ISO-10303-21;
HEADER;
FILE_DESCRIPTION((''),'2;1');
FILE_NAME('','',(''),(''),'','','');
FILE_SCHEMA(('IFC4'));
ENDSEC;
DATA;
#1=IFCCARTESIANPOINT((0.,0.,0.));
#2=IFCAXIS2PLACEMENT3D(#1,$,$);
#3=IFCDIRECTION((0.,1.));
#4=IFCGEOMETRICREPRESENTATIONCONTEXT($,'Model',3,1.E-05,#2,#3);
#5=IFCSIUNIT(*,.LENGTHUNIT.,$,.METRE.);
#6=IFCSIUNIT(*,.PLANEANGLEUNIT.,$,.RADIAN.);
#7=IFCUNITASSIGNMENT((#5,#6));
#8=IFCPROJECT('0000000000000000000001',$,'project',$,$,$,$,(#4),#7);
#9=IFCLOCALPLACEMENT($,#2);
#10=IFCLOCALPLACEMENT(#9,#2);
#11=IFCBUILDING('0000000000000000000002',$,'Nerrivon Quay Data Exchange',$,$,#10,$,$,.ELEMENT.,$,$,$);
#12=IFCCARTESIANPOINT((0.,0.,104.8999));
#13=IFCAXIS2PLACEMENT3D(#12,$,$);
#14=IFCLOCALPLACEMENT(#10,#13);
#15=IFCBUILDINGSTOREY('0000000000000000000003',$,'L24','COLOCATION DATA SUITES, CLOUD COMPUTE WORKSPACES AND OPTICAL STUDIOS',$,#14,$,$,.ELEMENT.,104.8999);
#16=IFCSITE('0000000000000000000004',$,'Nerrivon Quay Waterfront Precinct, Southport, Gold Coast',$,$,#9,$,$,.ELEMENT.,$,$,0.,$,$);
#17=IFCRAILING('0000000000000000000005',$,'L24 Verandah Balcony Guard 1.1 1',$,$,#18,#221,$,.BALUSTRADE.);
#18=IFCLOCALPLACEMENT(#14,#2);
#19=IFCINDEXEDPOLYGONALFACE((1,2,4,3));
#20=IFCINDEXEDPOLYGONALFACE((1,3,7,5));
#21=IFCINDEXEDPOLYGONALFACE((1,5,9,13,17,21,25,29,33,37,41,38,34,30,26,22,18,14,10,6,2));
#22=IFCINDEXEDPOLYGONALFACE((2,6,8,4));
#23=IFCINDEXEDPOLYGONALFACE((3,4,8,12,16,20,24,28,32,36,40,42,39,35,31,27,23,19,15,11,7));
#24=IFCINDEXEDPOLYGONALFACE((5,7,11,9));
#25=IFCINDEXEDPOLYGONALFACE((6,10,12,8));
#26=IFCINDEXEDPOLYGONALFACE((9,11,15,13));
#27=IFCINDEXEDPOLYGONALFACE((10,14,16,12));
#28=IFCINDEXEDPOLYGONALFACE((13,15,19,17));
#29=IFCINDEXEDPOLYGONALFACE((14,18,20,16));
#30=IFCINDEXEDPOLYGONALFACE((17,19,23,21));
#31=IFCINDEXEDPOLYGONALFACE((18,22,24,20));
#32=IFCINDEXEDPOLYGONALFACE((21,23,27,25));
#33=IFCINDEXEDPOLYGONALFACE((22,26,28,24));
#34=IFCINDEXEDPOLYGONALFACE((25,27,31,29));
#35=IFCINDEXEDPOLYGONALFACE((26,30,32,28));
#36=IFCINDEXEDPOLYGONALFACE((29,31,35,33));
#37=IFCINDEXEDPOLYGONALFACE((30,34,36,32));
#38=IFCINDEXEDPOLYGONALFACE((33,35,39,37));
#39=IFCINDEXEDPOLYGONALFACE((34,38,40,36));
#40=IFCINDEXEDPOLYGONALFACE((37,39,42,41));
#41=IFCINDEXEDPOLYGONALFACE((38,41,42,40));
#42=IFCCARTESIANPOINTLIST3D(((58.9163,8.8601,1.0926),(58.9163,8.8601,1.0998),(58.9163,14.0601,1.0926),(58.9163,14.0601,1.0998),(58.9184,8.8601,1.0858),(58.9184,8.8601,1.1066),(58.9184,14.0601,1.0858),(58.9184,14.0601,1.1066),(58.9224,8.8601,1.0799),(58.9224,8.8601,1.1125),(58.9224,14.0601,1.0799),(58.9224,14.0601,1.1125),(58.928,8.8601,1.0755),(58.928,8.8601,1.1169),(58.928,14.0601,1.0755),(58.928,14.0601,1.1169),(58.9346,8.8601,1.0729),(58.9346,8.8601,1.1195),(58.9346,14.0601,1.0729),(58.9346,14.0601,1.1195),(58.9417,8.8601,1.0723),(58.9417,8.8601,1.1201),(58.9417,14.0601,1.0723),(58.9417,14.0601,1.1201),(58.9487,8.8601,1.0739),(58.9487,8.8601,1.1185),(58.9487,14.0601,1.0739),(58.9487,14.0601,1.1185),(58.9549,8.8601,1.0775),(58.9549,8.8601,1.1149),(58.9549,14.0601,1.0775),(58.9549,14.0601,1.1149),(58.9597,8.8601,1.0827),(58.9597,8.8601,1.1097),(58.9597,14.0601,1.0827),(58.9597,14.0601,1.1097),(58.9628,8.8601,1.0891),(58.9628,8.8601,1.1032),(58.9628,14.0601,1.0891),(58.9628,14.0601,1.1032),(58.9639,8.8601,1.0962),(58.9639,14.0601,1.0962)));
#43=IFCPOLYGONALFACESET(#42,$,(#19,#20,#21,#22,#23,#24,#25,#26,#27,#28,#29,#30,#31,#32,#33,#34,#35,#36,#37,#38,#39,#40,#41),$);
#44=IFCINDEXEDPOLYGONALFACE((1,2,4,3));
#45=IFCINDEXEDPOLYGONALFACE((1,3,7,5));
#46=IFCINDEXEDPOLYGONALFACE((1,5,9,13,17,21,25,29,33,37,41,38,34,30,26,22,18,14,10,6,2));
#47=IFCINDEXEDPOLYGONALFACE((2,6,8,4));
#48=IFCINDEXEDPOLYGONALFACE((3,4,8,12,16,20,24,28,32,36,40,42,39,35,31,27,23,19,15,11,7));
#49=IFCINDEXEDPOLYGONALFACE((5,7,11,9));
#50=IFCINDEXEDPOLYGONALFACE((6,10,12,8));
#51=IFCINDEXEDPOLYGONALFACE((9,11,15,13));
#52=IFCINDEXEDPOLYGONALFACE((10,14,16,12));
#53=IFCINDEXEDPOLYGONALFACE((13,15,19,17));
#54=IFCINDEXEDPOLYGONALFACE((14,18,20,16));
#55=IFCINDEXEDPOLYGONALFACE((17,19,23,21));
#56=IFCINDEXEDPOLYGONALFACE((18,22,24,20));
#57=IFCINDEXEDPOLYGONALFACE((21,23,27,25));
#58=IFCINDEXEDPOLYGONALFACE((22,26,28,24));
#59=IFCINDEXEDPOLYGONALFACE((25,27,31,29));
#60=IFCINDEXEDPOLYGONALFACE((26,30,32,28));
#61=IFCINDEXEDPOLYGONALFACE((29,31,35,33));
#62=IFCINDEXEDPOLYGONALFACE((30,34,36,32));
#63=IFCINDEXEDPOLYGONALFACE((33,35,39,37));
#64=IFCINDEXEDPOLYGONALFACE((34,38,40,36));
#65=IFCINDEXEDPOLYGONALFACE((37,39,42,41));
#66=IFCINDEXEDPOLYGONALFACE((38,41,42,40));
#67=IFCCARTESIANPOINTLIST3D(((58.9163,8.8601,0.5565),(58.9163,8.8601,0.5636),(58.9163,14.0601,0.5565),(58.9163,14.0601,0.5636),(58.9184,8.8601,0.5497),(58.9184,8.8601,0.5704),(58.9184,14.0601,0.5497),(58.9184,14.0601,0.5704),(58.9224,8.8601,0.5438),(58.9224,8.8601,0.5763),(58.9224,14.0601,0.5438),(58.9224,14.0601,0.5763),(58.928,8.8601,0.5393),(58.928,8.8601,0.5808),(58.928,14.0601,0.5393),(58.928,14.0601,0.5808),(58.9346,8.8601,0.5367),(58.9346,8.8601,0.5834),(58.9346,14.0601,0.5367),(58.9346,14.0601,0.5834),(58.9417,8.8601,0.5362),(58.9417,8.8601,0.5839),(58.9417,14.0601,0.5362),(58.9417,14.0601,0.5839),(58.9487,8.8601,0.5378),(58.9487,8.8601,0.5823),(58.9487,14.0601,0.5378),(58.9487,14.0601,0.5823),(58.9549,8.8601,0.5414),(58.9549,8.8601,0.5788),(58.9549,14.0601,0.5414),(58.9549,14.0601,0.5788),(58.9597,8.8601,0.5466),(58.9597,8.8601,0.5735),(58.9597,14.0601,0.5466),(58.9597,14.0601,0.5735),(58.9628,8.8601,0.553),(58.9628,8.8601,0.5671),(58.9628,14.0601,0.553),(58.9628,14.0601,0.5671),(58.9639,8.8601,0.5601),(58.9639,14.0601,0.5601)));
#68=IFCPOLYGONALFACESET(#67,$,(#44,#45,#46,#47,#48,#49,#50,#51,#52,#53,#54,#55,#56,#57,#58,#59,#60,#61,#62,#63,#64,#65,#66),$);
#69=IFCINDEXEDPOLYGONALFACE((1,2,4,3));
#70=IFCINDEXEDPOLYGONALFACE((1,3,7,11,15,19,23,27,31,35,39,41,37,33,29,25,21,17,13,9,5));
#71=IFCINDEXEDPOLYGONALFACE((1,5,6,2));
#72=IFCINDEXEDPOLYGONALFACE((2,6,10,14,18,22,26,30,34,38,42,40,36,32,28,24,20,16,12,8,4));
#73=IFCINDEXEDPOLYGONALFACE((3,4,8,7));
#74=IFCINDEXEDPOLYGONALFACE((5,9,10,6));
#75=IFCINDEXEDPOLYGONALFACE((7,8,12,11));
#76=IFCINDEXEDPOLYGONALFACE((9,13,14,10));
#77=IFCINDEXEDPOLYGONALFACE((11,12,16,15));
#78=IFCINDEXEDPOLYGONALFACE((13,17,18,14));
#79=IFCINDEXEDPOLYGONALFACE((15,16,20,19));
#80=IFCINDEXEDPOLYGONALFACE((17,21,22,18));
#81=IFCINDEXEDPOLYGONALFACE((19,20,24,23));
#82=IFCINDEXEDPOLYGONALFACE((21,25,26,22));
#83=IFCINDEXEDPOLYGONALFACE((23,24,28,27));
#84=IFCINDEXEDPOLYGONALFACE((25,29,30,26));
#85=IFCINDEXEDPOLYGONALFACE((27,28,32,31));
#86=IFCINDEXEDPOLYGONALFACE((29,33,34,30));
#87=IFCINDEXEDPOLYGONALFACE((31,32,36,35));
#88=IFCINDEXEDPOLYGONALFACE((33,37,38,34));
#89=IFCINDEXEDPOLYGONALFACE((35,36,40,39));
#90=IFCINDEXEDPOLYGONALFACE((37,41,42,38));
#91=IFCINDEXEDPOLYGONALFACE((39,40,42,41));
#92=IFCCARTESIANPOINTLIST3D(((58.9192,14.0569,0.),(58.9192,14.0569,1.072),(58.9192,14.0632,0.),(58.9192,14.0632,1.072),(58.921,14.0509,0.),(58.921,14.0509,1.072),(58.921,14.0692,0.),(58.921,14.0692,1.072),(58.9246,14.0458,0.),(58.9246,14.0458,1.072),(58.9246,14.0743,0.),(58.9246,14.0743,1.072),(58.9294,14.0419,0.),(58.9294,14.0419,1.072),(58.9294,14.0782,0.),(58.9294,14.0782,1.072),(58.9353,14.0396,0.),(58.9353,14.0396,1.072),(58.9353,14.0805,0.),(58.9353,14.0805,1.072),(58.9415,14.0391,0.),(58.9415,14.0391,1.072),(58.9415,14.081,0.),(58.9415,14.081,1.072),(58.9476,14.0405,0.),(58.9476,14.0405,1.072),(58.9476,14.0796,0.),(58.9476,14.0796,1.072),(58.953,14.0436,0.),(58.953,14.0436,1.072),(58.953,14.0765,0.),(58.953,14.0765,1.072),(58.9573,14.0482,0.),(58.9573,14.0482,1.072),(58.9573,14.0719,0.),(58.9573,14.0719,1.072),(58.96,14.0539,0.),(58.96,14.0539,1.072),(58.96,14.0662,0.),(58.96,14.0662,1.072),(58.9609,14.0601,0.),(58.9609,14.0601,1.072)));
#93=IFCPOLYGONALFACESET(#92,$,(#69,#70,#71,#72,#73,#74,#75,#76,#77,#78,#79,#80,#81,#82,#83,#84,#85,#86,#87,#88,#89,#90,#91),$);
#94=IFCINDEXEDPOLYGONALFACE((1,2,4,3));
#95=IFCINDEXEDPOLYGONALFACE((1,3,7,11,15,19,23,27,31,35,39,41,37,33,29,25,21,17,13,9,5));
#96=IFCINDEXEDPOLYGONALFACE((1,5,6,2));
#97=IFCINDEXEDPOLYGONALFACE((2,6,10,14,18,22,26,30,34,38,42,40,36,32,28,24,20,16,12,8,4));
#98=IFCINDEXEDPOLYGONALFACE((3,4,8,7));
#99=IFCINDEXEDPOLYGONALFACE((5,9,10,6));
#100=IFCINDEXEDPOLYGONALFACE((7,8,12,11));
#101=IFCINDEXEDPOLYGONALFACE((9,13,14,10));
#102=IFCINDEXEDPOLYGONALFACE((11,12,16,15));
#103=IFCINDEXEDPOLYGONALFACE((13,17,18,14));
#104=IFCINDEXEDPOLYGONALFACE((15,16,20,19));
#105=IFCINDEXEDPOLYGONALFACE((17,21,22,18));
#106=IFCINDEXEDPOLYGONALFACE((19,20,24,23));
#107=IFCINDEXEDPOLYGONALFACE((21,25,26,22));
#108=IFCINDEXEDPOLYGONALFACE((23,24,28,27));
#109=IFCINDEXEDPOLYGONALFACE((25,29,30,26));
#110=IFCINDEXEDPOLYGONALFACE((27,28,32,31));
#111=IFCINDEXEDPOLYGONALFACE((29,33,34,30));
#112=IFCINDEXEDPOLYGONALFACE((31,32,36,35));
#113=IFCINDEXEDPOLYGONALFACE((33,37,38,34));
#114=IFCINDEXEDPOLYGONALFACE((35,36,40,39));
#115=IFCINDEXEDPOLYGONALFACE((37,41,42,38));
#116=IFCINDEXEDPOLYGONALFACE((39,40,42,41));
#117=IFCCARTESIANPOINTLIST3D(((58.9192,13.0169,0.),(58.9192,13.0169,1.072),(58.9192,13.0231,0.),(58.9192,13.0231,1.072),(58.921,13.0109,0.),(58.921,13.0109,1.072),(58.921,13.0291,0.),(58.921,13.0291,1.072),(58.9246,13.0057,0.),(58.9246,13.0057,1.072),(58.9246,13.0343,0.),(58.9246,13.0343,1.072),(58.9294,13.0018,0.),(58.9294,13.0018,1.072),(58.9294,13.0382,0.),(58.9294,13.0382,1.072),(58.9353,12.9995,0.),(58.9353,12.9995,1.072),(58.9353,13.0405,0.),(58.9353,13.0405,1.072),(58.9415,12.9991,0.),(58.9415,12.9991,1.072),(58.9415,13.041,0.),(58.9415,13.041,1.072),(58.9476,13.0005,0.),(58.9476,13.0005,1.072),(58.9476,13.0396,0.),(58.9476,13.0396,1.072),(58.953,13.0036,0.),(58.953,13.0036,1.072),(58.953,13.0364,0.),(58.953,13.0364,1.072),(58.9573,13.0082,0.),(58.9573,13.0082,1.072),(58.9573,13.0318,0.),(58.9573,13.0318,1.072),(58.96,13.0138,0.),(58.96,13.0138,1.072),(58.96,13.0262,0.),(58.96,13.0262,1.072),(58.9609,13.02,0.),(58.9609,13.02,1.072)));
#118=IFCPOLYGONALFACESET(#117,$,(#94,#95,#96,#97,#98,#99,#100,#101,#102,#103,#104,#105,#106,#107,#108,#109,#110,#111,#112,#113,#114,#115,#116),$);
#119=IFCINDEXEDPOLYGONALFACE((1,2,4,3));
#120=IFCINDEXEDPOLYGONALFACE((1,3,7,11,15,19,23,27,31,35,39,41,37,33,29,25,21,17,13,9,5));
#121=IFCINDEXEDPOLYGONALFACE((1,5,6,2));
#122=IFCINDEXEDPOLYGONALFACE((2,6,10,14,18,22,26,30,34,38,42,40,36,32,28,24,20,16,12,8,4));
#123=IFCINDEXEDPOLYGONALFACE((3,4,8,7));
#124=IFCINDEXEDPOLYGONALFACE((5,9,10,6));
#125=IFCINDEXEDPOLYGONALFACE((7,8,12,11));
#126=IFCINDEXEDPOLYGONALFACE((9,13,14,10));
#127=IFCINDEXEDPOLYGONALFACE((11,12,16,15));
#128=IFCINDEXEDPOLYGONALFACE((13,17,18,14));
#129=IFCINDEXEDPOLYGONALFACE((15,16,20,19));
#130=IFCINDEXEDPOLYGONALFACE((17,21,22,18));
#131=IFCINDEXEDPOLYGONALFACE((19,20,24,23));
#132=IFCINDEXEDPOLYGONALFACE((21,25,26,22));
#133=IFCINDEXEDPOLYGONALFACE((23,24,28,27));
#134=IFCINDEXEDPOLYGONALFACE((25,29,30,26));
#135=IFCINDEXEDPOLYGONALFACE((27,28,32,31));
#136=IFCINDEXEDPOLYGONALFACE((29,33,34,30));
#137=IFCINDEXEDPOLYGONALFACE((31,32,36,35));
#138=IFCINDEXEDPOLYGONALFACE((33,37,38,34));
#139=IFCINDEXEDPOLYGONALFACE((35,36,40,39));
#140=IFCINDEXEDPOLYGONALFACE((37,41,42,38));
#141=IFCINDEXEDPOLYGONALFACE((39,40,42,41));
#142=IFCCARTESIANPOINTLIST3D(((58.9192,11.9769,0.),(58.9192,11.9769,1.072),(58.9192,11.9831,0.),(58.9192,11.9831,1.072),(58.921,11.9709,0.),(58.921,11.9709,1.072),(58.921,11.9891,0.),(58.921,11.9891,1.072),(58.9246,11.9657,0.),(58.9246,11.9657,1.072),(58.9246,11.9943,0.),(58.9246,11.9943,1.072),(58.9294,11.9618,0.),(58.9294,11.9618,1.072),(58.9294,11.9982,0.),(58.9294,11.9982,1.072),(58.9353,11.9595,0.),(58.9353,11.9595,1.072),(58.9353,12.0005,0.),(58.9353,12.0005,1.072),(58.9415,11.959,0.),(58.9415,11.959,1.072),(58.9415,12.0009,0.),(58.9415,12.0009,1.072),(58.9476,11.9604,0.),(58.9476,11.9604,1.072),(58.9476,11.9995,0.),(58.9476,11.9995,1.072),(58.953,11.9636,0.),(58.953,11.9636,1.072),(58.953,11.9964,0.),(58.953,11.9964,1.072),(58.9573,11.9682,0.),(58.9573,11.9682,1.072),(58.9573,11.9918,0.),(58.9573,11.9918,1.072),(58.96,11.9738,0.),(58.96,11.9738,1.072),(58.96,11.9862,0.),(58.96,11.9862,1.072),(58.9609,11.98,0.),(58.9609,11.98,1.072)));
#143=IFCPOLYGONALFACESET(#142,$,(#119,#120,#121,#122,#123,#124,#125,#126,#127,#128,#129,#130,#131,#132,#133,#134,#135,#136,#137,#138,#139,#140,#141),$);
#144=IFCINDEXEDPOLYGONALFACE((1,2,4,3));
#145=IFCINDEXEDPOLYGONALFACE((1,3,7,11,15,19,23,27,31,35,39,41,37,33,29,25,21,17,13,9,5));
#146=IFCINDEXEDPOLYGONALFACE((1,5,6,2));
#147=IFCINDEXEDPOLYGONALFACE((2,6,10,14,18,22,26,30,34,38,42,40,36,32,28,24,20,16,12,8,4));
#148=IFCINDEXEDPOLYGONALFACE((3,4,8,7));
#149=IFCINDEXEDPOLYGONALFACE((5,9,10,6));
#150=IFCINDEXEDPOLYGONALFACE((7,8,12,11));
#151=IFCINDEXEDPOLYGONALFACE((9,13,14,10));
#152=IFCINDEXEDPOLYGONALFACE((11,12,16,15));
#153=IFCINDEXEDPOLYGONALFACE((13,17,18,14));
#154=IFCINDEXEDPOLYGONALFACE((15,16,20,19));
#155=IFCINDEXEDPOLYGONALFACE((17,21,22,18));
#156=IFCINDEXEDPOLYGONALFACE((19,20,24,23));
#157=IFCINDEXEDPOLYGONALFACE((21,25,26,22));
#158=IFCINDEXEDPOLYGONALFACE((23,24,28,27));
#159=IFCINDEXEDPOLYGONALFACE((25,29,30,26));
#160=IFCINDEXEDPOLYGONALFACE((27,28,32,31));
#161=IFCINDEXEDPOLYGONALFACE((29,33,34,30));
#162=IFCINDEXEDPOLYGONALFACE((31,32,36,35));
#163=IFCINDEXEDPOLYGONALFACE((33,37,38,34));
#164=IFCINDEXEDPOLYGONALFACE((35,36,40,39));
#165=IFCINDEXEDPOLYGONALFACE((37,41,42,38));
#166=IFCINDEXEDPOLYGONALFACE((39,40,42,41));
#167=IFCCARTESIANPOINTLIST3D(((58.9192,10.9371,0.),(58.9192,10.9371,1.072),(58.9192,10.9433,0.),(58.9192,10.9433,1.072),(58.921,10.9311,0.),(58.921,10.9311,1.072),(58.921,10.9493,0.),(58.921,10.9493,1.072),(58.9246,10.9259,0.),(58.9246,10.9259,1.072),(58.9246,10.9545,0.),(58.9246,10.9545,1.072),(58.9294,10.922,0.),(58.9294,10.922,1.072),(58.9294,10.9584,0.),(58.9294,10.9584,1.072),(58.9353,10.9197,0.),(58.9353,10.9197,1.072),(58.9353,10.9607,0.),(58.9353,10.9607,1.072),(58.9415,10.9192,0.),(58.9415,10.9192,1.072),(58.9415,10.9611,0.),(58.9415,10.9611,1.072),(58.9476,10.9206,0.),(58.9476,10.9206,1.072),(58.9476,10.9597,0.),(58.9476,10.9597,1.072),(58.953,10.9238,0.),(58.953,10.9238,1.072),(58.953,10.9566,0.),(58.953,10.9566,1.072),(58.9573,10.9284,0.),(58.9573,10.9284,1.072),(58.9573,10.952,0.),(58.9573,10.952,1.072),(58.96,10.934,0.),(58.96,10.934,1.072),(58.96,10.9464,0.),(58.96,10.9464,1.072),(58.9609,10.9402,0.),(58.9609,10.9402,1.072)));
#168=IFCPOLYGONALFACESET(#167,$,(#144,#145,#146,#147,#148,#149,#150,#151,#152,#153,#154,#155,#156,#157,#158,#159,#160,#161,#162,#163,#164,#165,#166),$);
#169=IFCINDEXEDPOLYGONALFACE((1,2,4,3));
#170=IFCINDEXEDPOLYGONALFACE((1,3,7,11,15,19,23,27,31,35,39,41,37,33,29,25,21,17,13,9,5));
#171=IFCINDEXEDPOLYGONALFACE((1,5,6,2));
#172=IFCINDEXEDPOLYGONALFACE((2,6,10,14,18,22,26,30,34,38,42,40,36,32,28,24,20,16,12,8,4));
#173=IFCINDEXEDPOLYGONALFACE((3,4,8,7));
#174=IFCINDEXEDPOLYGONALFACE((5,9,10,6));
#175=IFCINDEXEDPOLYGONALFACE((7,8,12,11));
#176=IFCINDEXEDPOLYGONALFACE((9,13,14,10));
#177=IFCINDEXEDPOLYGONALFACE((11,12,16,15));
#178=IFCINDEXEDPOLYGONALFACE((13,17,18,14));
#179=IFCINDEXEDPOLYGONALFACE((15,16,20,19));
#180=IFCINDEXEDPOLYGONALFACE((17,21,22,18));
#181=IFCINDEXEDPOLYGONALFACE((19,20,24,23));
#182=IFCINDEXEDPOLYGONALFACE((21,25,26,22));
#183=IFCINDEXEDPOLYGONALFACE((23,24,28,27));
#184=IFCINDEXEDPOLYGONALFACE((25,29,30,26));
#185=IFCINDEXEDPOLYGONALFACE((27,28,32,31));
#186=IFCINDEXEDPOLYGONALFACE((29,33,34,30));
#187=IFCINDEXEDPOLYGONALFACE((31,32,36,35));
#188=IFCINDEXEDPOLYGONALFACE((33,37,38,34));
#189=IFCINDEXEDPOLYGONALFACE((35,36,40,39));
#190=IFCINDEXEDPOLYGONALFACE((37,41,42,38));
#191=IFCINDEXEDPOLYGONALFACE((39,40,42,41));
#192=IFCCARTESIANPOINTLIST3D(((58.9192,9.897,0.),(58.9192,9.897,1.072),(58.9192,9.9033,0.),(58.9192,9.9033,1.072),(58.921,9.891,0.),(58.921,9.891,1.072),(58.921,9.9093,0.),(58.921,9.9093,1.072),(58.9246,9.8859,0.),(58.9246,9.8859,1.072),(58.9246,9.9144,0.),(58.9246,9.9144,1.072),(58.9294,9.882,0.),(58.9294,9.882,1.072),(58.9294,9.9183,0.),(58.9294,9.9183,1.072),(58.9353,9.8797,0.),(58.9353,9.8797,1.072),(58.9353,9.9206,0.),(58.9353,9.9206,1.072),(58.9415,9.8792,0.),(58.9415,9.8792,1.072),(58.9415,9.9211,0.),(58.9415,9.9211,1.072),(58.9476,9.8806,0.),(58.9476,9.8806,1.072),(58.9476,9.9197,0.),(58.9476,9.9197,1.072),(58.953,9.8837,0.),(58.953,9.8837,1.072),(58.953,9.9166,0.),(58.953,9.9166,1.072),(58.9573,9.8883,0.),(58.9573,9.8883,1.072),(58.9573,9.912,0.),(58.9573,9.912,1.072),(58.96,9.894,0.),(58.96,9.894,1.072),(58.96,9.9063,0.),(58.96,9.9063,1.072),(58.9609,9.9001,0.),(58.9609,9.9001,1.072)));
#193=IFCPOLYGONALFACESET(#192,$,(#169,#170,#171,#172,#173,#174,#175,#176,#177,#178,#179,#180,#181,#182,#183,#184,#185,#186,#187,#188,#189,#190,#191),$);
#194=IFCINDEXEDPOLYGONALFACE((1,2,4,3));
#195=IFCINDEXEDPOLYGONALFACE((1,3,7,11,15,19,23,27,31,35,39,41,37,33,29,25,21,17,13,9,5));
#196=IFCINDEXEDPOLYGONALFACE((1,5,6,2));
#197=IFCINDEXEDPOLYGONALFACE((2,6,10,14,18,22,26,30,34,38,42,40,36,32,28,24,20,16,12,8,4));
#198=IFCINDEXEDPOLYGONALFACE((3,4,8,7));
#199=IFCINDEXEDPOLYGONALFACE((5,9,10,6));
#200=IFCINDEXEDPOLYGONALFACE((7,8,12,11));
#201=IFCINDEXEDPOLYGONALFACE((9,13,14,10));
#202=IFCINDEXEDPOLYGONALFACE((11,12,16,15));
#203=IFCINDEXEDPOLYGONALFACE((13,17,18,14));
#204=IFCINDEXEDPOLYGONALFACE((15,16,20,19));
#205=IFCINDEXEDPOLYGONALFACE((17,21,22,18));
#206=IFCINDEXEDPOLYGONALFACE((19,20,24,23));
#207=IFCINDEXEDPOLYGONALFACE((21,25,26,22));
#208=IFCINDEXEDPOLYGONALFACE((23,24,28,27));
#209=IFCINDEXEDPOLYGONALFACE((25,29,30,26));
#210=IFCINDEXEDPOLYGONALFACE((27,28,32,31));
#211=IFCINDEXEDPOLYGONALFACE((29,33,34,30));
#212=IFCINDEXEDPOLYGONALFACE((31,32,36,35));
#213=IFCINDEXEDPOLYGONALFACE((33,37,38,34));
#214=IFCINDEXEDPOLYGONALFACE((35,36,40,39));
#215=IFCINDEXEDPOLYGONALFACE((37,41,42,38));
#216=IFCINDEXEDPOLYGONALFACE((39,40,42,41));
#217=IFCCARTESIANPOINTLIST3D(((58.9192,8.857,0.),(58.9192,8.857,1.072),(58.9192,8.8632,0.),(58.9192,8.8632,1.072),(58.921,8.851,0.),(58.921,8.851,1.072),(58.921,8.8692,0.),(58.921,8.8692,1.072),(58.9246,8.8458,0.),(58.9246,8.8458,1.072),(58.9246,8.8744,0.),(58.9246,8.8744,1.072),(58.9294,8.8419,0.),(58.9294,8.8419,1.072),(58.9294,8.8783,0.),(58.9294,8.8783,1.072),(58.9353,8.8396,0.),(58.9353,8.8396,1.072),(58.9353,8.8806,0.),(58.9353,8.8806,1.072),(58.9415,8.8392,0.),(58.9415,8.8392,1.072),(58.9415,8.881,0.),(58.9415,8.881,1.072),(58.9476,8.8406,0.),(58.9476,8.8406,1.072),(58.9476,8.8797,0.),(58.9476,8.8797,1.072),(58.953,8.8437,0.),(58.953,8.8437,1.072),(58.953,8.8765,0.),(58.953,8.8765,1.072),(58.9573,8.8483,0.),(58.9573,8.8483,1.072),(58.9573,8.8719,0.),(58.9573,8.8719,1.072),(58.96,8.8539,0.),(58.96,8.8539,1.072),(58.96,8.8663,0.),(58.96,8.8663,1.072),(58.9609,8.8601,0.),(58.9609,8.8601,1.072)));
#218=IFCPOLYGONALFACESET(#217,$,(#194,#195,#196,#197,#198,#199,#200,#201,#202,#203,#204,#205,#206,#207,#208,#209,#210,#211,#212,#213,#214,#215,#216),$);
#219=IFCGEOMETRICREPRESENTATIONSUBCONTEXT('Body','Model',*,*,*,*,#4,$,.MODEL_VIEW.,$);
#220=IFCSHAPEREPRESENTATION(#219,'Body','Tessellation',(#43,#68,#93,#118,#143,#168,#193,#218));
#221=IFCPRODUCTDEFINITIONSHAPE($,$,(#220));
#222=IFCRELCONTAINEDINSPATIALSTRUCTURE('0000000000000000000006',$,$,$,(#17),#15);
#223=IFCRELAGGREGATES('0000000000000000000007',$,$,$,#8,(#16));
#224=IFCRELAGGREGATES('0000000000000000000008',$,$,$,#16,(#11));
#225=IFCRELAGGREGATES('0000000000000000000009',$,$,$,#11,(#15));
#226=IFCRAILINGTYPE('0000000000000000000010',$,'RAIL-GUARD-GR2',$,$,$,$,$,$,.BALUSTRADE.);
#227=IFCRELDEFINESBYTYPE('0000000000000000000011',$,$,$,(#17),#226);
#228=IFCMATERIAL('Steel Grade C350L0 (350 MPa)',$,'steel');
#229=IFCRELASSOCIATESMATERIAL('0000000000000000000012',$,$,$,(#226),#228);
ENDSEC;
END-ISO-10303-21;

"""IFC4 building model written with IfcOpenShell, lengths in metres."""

from ifc_helpers import new_model, si_unit, direction, frame, origin, origin_2d, place, context, subcontext, project, spatial, circle, extrude, material, type_object, element, save


model = new_model("IFC4")

# Units and contexts
model_context = context("Model", 3, precision=1e-05, world=origin(), true_north=direction((0.0, 1.0)))
body_context = subcontext(model_context, "Body", "Model", "MODEL_VIEW")
ifc_project = project(units=[si_unit("LENGTHUNIT", "METRE"), si_unit("PLANEANGLEUNIT", "RADIAN")], contexts=[model_context])

# Site, building, storey
site_placement = place(None, origin())
site = spatial("IfcSite", under=ifc_project, at=site_placement, Name="Nerrivon Quay Waterfront Precinct, Southport, Gold Coast", CompositionType="ELEMENT", RefElevation=0.0)
building_placement = place(site_placement, origin())
building = spatial("IfcBuilding", under=site, at=building_placement, Name="Nerrivon Quay Data Exchange", CompositionType="ELEMENT")
storey_placement = place(building_placement, frame((0.0, 0.0, 104.8999)))
storey = spatial("IfcBuildingStorey", under=building, at=storey_placement, Name="L24", Description="COLOCATION DATA SUITES, CLOUD COMPUTE WORKSPACES AND OPTICAL STUDIOS", CompositionType="ELEMENT", Elevation=104.8999)

# Railing
ifc_material_1 = material(Name="Steel Grade C350L0 (350 MPa)", Category="steel")
railing_type = type_object("IfcRailingType", Name="RAIL-GUARD-GR2", PredefinedType="BALUSTRADE", material=ifc_material_1)
railing_1_placement = place(storey_placement, frame((58.9399, 14.0601, 0.0)))
element("IfcRailing", 1, at=railing_1_placement, inside=storey, type_object=railing_type, Name="L24 Verandah Balcony Guard 1.1 1", PredefinedType="BALUSTRADE", context=body_context, shape_type="SweptSolid", body=[
    extrude(circle(Radius=0.0239, at=origin_2d()), frame((0.0, 0.0, 1.0962), z_axis=(0.0, -1.0, 0.0), x_axis=(1.0, 0.0, 0.0)), (0.0, 0.0, 1.0), 5.2),
    extrude(circle(Radius=0.0239, at=origin_2d()), frame((0.0, 0.0, 0.5601), z_axis=(0.0, -1.0, 0.0), x_axis=(1.0, 0.0, 0.0)), (0.0, 0.0, 1.0), 5.2),
    extrude(circle(Radius=0.021, at=origin_2d()), origin(), (0.0, 0.0, 1.0), 1.072),
    extrude(circle(Radius=0.021, at=origin_2d()), frame((0.0, -1.04, 0.0)), (0.0, 0.0, 1.0), 1.072),
    extrude(circle(Radius=0.021, at=origin_2d()), frame((0.0, -2.0801, 0.0)), (0.0, 0.0, 1.0), 1.072),
    extrude(circle(Radius=0.021, at=origin_2d()), frame((0.0, -3.1199, 0.0)), (0.0, 0.0, 1.0), 1.072),
    extrude(circle(Radius=0.021, at=origin_2d()), frame((0.0, -4.1599, 0.0)), (0.0, 0.0, 1.0), 1.072),
    extrude(circle(Radius=0.021, at=origin_2d()), frame((0.0, -5.2, 0.0)), (0.0, 0.0, 1.0), 1.072),
])

save(model, "model.ifc")
